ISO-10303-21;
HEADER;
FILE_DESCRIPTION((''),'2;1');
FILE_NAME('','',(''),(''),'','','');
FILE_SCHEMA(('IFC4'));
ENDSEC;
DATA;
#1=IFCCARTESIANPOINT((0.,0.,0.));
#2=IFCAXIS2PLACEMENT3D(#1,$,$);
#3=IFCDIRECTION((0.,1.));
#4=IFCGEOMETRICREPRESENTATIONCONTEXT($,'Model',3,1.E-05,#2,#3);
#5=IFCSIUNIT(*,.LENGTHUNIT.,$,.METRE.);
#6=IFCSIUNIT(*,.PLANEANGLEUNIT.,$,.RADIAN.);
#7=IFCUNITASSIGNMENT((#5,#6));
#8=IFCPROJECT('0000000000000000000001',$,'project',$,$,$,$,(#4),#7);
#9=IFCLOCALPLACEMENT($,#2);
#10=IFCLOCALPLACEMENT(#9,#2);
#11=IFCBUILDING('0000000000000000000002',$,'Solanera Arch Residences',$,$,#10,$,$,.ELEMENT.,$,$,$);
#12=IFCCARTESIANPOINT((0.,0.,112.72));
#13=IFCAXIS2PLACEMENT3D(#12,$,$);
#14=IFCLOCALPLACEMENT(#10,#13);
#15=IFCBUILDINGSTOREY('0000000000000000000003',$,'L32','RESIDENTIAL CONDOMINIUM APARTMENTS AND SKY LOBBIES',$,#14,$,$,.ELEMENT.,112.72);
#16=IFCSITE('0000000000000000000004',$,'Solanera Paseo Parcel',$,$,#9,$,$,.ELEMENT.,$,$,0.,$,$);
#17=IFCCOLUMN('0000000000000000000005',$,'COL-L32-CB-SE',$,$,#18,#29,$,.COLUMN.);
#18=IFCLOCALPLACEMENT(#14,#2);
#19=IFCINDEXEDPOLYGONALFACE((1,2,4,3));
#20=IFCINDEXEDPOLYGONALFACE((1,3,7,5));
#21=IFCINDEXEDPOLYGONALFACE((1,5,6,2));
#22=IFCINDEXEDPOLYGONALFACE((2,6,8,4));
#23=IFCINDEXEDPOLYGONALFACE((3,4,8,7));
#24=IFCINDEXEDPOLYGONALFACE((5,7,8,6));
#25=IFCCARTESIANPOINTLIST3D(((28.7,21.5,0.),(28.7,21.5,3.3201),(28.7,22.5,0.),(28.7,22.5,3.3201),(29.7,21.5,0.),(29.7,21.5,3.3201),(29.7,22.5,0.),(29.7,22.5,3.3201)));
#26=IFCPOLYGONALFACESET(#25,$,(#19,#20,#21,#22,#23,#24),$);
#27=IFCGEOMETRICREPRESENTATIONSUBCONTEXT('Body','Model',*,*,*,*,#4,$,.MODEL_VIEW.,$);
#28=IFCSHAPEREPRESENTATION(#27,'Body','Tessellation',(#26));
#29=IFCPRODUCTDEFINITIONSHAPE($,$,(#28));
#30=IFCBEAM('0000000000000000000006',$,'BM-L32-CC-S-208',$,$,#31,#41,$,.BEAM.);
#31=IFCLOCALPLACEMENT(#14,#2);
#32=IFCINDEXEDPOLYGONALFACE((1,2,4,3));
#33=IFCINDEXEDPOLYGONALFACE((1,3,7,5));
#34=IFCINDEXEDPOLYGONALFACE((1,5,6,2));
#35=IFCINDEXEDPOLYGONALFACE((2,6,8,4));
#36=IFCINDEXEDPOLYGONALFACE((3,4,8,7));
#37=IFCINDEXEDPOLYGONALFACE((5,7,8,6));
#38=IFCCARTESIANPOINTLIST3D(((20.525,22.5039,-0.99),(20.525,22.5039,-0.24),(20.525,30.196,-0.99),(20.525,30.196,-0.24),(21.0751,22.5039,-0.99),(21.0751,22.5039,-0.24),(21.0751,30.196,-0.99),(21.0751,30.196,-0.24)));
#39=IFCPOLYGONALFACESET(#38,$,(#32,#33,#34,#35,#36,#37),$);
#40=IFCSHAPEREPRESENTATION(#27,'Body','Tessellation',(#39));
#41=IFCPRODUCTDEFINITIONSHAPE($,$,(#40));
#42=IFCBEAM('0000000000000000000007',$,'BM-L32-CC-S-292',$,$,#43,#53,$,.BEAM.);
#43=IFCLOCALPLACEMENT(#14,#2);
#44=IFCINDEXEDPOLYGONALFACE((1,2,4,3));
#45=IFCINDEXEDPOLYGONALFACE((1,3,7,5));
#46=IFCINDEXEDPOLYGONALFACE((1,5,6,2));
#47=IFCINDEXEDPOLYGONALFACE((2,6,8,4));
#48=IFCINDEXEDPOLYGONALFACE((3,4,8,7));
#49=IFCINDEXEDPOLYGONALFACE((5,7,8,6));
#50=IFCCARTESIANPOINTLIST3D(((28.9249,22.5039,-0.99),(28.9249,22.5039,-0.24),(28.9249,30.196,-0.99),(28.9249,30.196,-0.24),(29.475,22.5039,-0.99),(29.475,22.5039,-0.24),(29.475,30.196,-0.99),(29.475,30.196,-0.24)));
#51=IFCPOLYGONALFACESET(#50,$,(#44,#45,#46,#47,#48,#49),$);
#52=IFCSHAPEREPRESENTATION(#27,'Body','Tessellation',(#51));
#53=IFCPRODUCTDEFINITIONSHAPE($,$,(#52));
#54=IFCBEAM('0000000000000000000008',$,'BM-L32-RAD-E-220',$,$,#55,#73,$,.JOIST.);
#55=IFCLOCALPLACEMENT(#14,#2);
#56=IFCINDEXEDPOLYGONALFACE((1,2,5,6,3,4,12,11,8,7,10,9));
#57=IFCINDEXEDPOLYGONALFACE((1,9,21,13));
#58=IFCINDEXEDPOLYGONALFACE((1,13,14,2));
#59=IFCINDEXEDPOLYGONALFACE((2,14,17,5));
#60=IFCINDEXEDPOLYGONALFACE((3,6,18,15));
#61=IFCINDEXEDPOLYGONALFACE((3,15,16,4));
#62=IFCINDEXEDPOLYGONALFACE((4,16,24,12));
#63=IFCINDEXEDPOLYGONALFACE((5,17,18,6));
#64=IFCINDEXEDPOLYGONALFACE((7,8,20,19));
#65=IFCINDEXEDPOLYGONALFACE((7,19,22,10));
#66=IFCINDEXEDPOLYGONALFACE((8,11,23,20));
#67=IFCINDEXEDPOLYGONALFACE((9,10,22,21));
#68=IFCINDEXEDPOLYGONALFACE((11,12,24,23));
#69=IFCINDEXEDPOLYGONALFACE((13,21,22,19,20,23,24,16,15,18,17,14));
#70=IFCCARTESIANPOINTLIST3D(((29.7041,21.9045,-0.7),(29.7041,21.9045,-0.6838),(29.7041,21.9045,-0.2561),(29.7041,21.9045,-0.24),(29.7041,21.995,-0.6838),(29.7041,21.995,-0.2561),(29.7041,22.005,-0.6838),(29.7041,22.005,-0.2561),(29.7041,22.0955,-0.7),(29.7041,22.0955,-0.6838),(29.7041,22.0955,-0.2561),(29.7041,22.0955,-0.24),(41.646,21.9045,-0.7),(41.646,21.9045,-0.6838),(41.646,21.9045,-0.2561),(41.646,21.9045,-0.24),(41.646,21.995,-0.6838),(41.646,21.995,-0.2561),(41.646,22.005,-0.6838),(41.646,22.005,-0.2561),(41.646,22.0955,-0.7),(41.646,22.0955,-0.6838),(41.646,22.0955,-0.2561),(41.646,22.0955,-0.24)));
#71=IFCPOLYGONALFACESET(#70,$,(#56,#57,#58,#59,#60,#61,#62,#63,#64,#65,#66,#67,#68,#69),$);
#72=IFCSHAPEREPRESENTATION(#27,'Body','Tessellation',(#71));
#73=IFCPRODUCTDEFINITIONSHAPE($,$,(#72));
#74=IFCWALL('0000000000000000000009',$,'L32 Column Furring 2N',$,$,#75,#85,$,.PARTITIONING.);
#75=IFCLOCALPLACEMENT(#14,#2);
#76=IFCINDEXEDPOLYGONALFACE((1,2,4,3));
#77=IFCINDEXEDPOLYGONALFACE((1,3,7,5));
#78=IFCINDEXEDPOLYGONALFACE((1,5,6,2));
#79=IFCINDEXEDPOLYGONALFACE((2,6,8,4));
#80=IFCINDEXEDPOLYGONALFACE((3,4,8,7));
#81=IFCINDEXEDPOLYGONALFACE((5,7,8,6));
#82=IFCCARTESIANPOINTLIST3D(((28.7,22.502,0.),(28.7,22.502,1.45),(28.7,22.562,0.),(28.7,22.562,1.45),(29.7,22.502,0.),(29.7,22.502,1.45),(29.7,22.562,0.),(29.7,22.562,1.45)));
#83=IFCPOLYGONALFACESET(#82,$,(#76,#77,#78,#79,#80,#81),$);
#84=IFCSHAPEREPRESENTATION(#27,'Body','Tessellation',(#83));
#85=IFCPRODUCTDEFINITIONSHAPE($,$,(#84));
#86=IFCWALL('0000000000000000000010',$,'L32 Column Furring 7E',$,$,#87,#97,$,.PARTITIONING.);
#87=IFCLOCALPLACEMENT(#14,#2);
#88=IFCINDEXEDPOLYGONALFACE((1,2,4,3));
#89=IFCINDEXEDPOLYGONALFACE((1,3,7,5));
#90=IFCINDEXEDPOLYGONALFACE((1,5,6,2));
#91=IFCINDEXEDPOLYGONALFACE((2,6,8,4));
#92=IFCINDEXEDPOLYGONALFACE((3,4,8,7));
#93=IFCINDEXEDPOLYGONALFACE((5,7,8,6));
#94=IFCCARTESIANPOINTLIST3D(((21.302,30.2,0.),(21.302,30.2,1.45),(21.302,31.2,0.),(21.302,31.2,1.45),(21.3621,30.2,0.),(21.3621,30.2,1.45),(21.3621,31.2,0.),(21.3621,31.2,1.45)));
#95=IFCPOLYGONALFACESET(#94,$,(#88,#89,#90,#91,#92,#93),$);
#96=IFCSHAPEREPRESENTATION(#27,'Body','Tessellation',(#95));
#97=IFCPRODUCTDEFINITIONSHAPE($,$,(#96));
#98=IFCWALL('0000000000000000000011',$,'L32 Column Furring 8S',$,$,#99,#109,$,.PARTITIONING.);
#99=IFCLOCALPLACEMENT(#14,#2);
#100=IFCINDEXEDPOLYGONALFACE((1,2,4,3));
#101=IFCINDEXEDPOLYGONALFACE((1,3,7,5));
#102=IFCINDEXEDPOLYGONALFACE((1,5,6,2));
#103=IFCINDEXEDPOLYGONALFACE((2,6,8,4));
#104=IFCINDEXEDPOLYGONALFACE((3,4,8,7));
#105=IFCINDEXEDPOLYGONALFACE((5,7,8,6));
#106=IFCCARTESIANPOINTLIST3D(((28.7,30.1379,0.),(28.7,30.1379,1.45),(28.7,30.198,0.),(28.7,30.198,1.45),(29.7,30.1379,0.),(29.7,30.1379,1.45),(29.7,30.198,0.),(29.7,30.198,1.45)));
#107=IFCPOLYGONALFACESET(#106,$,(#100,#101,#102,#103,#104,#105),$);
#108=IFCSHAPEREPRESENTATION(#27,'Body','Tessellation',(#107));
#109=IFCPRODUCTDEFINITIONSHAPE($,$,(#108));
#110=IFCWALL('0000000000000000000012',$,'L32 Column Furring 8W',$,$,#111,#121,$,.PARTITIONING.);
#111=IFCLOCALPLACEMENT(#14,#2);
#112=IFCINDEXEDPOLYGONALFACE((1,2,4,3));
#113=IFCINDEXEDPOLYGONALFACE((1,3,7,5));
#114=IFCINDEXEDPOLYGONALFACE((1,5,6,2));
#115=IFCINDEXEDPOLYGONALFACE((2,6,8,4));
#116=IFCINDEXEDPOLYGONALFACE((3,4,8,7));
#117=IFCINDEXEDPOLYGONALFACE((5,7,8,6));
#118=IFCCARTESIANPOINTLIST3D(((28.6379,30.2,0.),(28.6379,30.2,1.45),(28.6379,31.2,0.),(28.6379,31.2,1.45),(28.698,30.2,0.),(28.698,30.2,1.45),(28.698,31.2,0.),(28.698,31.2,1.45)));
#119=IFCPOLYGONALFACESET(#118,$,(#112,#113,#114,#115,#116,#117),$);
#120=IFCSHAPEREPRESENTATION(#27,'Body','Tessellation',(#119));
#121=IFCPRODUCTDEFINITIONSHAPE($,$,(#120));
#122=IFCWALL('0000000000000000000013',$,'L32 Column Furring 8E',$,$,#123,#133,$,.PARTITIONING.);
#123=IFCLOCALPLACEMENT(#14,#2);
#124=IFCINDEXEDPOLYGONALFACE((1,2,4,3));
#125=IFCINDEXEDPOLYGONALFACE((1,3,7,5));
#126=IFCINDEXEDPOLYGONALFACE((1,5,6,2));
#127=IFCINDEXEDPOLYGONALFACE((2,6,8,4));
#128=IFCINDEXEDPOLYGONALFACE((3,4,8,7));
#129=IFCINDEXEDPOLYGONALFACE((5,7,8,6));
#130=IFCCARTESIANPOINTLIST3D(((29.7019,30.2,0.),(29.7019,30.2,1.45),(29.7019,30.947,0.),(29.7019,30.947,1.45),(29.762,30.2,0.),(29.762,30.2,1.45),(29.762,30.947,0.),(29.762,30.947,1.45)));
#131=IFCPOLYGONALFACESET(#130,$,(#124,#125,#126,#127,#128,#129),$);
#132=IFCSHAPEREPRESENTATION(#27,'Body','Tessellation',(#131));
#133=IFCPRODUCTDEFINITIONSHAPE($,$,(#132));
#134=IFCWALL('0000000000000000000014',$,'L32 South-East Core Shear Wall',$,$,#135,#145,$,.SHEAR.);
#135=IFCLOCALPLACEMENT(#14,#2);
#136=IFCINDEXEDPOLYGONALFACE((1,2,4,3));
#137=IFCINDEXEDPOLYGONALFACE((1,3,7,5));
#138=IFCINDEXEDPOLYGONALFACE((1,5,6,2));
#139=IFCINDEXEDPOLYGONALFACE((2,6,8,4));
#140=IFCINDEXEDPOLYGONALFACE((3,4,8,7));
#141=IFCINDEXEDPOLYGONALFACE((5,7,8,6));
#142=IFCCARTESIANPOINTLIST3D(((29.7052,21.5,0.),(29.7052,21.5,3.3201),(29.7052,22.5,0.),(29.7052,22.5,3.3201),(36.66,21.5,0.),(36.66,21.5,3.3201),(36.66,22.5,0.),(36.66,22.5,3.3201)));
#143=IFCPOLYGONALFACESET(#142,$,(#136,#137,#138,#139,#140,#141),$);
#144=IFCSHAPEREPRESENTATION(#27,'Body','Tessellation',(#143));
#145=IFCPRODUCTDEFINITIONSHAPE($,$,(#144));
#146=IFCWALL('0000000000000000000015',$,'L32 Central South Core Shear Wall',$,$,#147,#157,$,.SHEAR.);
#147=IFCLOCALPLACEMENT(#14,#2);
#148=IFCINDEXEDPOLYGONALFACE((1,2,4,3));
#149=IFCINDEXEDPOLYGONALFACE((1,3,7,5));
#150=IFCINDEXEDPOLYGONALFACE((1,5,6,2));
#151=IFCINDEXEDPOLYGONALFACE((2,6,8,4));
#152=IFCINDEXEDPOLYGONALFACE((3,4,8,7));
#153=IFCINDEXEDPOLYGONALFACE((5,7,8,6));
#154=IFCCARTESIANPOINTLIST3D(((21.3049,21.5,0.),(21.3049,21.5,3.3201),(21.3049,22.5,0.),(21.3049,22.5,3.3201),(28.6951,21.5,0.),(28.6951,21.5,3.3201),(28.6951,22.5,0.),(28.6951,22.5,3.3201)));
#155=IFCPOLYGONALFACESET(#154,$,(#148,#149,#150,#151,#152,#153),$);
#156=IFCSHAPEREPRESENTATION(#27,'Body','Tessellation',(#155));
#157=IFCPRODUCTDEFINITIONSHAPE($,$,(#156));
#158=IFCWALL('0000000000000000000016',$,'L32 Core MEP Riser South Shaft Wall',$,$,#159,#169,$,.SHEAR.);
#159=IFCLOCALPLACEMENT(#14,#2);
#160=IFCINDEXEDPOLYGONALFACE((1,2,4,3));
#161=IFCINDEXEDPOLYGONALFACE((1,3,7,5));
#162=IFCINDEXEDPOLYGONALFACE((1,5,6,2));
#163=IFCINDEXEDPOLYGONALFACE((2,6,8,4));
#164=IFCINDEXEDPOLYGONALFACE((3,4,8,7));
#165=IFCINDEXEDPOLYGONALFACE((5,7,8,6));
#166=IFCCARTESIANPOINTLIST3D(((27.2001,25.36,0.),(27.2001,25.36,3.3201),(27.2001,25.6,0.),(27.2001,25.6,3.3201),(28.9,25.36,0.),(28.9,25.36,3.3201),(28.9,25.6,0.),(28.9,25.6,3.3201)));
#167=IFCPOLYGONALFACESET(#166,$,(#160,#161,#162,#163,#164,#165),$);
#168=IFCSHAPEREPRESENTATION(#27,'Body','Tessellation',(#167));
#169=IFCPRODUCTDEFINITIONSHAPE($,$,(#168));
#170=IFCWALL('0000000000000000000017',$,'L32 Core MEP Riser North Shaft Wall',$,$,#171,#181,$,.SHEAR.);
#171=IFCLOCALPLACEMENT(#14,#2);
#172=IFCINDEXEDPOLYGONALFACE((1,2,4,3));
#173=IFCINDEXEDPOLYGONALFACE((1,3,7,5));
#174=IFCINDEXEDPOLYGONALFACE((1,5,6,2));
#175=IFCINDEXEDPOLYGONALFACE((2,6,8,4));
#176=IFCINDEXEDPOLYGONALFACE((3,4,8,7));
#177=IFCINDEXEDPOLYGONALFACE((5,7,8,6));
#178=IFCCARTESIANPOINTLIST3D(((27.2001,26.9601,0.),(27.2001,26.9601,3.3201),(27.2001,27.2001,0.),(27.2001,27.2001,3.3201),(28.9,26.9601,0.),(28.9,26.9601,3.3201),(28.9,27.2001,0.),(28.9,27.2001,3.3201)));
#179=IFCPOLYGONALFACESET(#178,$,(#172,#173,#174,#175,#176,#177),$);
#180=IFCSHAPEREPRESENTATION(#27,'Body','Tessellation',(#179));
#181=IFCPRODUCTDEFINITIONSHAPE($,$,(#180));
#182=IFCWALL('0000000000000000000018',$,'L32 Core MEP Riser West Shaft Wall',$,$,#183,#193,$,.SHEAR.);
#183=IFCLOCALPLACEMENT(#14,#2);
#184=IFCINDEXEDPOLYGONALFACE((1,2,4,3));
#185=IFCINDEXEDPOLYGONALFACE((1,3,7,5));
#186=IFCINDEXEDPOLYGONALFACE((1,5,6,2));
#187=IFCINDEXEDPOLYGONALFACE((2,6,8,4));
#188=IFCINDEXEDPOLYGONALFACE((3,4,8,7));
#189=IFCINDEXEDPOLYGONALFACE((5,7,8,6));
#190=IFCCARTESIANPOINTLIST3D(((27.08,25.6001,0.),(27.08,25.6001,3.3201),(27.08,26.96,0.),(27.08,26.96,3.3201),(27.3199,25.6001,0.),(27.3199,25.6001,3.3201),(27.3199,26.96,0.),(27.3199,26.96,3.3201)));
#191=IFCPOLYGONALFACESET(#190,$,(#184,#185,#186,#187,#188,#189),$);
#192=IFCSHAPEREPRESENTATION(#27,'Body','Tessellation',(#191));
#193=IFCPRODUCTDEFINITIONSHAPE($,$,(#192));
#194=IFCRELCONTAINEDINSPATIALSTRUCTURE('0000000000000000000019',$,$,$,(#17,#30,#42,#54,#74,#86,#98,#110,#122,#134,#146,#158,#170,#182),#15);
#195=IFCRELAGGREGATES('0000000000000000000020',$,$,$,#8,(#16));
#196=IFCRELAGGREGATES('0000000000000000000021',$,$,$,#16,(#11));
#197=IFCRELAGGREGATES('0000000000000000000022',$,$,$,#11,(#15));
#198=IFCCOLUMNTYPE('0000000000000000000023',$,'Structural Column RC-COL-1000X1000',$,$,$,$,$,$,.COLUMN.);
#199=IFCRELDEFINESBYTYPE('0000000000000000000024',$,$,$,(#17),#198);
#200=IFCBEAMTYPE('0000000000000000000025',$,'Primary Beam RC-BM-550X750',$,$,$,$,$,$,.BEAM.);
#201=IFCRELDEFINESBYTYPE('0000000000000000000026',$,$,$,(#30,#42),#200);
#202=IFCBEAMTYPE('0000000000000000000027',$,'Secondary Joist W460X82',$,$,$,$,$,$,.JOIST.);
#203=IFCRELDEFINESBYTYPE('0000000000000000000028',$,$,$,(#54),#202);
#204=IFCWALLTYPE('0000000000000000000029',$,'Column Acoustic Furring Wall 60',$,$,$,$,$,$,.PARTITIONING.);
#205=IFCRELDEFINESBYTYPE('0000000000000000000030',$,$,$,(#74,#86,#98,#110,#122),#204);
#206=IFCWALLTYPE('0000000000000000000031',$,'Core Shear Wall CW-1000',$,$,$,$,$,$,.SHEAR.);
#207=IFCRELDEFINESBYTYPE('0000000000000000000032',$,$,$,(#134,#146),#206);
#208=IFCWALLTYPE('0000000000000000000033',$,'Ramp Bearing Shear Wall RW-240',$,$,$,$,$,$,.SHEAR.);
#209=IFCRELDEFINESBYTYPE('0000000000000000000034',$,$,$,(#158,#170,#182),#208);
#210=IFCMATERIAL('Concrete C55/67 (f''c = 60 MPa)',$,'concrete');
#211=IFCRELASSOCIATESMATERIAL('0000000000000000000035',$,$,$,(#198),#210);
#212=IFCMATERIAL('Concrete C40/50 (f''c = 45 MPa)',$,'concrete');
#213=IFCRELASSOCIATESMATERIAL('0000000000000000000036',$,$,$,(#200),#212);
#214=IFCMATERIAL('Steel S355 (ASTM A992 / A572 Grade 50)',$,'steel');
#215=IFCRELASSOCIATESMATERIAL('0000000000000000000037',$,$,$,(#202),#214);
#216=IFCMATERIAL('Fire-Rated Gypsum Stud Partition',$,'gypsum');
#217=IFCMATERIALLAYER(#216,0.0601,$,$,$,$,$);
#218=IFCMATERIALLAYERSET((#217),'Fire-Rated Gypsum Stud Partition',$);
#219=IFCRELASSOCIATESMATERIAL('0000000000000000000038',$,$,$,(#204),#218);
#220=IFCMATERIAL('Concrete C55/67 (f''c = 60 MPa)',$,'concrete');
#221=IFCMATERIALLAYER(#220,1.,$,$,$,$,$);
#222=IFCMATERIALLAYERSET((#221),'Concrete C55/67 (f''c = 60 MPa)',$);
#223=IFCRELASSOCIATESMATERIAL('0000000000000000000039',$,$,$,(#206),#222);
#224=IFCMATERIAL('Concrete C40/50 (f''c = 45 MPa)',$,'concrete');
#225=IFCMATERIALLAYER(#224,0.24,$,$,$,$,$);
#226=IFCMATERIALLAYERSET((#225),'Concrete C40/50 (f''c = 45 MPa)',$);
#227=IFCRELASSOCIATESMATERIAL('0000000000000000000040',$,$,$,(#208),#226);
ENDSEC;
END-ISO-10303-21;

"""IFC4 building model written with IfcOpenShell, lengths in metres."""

from ifc_helpers import new_model, si_unit, direction, frame, frame_2d, origin, origin_2d, place, context, subcontext, project, spatial, rectangle, i_section, extrude, material, layer, layer_set, material_profile, profile_set, type_object, element, save


model = new_model("IFC4")

# Units and contexts
model_context = context("Model", 3, precision=1e-05, world=origin(), true_north=direction((0.0, 1.0)))
body_context = subcontext(model_context, "Body", "Model", "MODEL_VIEW")
ifc_project = project(units=[si_unit("LENGTHUNIT", "METRE"), si_unit("PLANEANGLEUNIT", "RADIAN")], contexts=[model_context])

# Site, building, storey
site_placement = place(None, origin())
site = spatial("IfcSite", under=ifc_project, at=site_placement, Name="Solanera Paseo Parcel", CompositionType="ELEMENT", RefElevation=0.0)
building_placement = place(site_placement, origin())
building = spatial("IfcBuilding", under=site, at=building_placement, Name="Solanera Arch Residences", CompositionType="ELEMENT")
storey_placement = place(building_placement, frame((0.0, 0.0, 112.72)))
storey = spatial("IfcBuildingStorey", under=building, at=storey_placement, Name="L32", Description="RESIDENTIAL CONDOMINIUM APARTMENTS AND SKY LOBBIES", CompositionType="ELEMENT", Elevation=112.72)

# Column
ifc_material_1 = material(Name="Concrete C55/67 (f'c = 60 MPa)", Category="concrete")
ifc_material_profile_1 = material_profile(ifc_material_1, rectangle(XDim=1.0, YDim=1.0, at=origin_2d()))
ifc_profile_set_1 = profile_set([ifc_material_profile_1], Name="Concrete C55/67 (f'c = 60 MPa)")
column_type = type_object("IfcColumnType", Name="Structural Column RC-COL-1000X1000", PredefinedType="COLUMN", material=ifc_profile_set_1)
column_placement = place(storey_placement, frame((29.2, 22.0, 0.0), z_axis=(0.0, 0.0, 1.0), x_axis=(1.0, 0.0, 0.0)))
element("IfcColumn", 1, at=column_placement, inside=storey, type_object=column_type, Name="COL-L32-CB-SE", PredefinedType="COLUMN", context=body_context, shape_type="SweptSolid", body=[
    extrude(rectangle(XDim=1.0, YDim=1.0, at=origin_2d()), origin(), (0.0, 0.0, 1.0), 3.3201),
])

# Beams
ifc_material_2 = material(Name="Concrete C40/50 (f'c = 45 MPa)", Category="concrete")
ifc_material_profile_2 = material_profile(ifc_material_2, rectangle(XDim=0.55, YDim=0.75, at=origin_2d()))
ifc_profile_set_2 = profile_set([ifc_material_profile_2], Name="Concrete C40/50 (f'c = 45 MPa)")
beam_type_1 = type_object("IfcBeamType", Name="Primary Beam RC-BM-550X750", PredefinedType="BEAM", material=ifc_profile_set_2)
for number, where, z_axis, x_axis, name in (
    (2, (20.8, 22.5039, -0.615), (0.0, 1.0, 0.0), (-1.0, 0.0, 0.0), "BM-L32-CC-S-208"),
    (3, (29.2, 22.5039, -0.615), (0.0, 1.0, 0.0), (-1.0, 0.0, 0.0), "BM-L32-CC-S-292"),
):
    element("IfcBeam", number, at=place(storey_placement, frame(where, z_axis=z_axis, x_axis=x_axis)), inside=storey, type_object=beam_type_1, Name=name, PredefinedType="BEAM", context=body_context, shape_type="SweptSolid", body=[
        extrude(rectangle(XDim=0.55, YDim=0.75, at=origin_2d()), origin(), (0.0, 0.0, 1.0), 7.6921),
    ])
ifc_material_3 = material(Name="Steel S355 (ASTM A992 / A572 Grade 50)", Category="steel")
ifc_material_profile_3 = material_profile(ifc_material_3, i_section(OverallWidth=0.1909, OverallDepth=0.46, WebThickness=0.01, FlangeThickness=0.0161, at=origin_2d()))
ifc_profile_set_3 = profile_set([ifc_material_profile_3], Name="Steel S355 (ASTM A992 / A572 Grade 50)")
beam_type_2 = type_object("IfcBeamType", Name="Secondary Joist W460X82", PredefinedType="JOIST", material=ifc_profile_set_3)
beam_placement = place(storey_placement, frame((29.7041, 22.0, -0.47), z_axis=(1.0, 0.0, 0.0), x_axis=(0.0, 1.0, 0.0)))
element("IfcBeam", 4, at=beam_placement, inside=storey, type_object=beam_type_2, Name="BM-L32-RAD-E-220", PredefinedType="JOIST", context=body_context, shape_type="SweptSolid", body=[
    extrude(i_section(OverallWidth=0.1909, OverallDepth=0.46, WebThickness=0.01, FlangeThickness=0.0161, at=origin_2d()), origin(), (0.0, 0.0, 1.0), 11.9419),
])

# Walls
ifc_material_4 = material(Name="Fire-Rated Gypsum Stud Partition", Category="gypsum")
ifc_layer_1 = layer(ifc_material_4, 0.0601)
ifc_layer_set_1 = layer_set([ifc_layer_1], Name="Fire-Rated Gypsum Stud Partition")
wall_type_1 = type_object("IfcWallType", Name="Column Acoustic Furring Wall 60", PredefinedType="PARTITIONING", material=ifc_layer_set_1)
for number, where, z_axis, x_axis, name in (
    (5, (28.7, 22.532, 0.0), (0.0, 0.0, 1.0), (1.0, 0.0, 0.0), "L32 Column Furring 2N"),
    (6, (21.332, 30.2, 0.0), (0.0, 0.0, 1.0), (0.0, 1.0, 0.0), "L32 Column Furring 7E"),
    (7, (28.7, 30.168, 0.0), (0.0, 0.0, 1.0), (1.0, 0.0, 0.0), "L32 Column Furring 8S"),
    (8, (28.668, 30.2, 0.0), (0.0, 0.0, 1.0), (0.0, 1.0, 0.0), "L32 Column Furring 8W"),
):
    element("IfcWall", number, at=place(storey_placement, frame(where, z_axis=z_axis, x_axis=x_axis)), inside=storey, type_object=wall_type_1, Name=name, PredefinedType="PARTITIONING", context=body_context, shape_type="SweptSolid", body=[
        extrude(rectangle(XDim=1.0, YDim=0.0601, at=frame_2d((0.5, 0.0))), origin(), (0.0, 0.0, 1.0), 1.45),
    ])
wall_1_placement = place(storey_placement, frame((29.7319, 30.2, 0.0), z_axis=(0.0, 0.0, 1.0), x_axis=(0.0, 1.0, 0.0)))
element("IfcWall", 9, at=wall_1_placement, inside=storey, type_object=wall_type_1, Name="L32 Column Furring 8E", PredefinedType="PARTITIONING", context=body_context, shape_type="SweptSolid", body=[
    extrude(rectangle(XDim=0.7471, YDim=0.0601, at=frame_2d((0.3735, 0.0))), origin(), (0.0, 0.0, 1.0), 1.45),
])
ifc_material_5 = material(Name="Concrete C55/67 (f'c = 60 MPa)", Category="concrete")
ifc_layer_2 = layer(ifc_material_5, 1.0)
ifc_layer_set_2 = layer_set([ifc_layer_2], Name="Concrete C55/67 (f'c = 60 MPa)")
wall_type_2 = type_object("IfcWallType", Name="Core Shear Wall CW-1000", PredefinedType="SHEAR", material=ifc_layer_set_2)
wall_2_placement = place(storey_placement, frame((29.7051, 22.0, 0.0), z_axis=(0.0, 0.0, 1.0), x_axis=(1.0, 0.0, 0.0)))
element("IfcWall", 10, at=wall_2_placement, inside=storey, type_object=wall_type_2, Name="L32 South-East Core Shear Wall", PredefinedType="SHEAR", context=body_context, shape_type="SweptSolid", body=[
    extrude(rectangle(XDim=6.9548, YDim=1.0, at=frame_2d((3.4775, 0.0))), origin(), (0.0, 0.0, 1.0), 3.3201),
])
wall_3_placement = place(storey_placement, frame((21.3049, 22.0, 0.0), z_axis=(0.0, 0.0, 1.0), x_axis=(1.0, 0.0, 0.0)))
element("IfcWall", 11, at=wall_3_placement, inside=storey, type_object=wall_type_2, Name="L32 Central South Core Shear Wall", PredefinedType="SHEAR", context=body_context, shape_type="SweptSolid", body=[
    extrude(rectangle(XDim=7.3901, YDim=1.0, at=frame_2d((3.6951, 0.0))), origin(), (0.0, 0.0, 1.0), 3.3201),
])
ifc_material_6 = material(Name="Concrete C40/50 (f'c = 45 MPa)", Category="concrete")
ifc_layer_3 = layer(ifc_material_6, 0.24)
ifc_layer_set_3 = layer_set([ifc_layer_3], Name="Concrete C40/50 (f'c = 45 MPa)")
wall_type_3 = type_object("IfcWallType", Name="Ramp Bearing Shear Wall RW-240", PredefinedType="SHEAR", material=ifc_layer_set_3)
for number, where, z_axis, x_axis, name in (
    (12, (27.2, 25.48, 0.0), (0.0, 0.0, 1.0), (1.0, 0.0, 0.0), "L32 Core MEP Riser South Shaft Wall"),
    (13, (27.2, 27.0801, 0.0), (0.0, 0.0, 1.0), (1.0, 0.0, 0.0), "L32 Core MEP Riser North Shaft Wall"),
):
    element("IfcWall", number, at=place(storey_placement, frame(where, z_axis=z_axis, x_axis=x_axis)), inside=storey, type_object=wall_type_3, Name=name, PredefinedType="SHEAR", context=body_context, shape_type="SweptSolid", body=[
        extrude(rectangle(XDim=1.7, YDim=0.24, at=frame_2d((0.8501, 0.0))), origin(), (0.0, 0.0, 1.0), 3.3201),
    ])
for number, where, z_axis, x_axis, name in (
    (14, (27.2, 25.6001, 0.0), (0.0, 0.0, 1.0), (0.0, 1.0, 0.0), "L32 Core MEP Riser West Shaft Wall"),
):
    element("IfcWall", number, at=place(storey_placement, frame(where, z_axis=z_axis, x_axis=x_axis)), inside=storey, type_object=wall_type_3, Name=name, PredefinedType="SHEAR", context=body_context, shape_type="SweptSolid", body=[
        extrude(rectangle(XDim=1.3599, YDim=0.24, at=frame_2d((0.6799, 0.0))), origin(), (0.0, 0.0, 1.0), 3.3201),
    ])

save(model, "model.ifc")
